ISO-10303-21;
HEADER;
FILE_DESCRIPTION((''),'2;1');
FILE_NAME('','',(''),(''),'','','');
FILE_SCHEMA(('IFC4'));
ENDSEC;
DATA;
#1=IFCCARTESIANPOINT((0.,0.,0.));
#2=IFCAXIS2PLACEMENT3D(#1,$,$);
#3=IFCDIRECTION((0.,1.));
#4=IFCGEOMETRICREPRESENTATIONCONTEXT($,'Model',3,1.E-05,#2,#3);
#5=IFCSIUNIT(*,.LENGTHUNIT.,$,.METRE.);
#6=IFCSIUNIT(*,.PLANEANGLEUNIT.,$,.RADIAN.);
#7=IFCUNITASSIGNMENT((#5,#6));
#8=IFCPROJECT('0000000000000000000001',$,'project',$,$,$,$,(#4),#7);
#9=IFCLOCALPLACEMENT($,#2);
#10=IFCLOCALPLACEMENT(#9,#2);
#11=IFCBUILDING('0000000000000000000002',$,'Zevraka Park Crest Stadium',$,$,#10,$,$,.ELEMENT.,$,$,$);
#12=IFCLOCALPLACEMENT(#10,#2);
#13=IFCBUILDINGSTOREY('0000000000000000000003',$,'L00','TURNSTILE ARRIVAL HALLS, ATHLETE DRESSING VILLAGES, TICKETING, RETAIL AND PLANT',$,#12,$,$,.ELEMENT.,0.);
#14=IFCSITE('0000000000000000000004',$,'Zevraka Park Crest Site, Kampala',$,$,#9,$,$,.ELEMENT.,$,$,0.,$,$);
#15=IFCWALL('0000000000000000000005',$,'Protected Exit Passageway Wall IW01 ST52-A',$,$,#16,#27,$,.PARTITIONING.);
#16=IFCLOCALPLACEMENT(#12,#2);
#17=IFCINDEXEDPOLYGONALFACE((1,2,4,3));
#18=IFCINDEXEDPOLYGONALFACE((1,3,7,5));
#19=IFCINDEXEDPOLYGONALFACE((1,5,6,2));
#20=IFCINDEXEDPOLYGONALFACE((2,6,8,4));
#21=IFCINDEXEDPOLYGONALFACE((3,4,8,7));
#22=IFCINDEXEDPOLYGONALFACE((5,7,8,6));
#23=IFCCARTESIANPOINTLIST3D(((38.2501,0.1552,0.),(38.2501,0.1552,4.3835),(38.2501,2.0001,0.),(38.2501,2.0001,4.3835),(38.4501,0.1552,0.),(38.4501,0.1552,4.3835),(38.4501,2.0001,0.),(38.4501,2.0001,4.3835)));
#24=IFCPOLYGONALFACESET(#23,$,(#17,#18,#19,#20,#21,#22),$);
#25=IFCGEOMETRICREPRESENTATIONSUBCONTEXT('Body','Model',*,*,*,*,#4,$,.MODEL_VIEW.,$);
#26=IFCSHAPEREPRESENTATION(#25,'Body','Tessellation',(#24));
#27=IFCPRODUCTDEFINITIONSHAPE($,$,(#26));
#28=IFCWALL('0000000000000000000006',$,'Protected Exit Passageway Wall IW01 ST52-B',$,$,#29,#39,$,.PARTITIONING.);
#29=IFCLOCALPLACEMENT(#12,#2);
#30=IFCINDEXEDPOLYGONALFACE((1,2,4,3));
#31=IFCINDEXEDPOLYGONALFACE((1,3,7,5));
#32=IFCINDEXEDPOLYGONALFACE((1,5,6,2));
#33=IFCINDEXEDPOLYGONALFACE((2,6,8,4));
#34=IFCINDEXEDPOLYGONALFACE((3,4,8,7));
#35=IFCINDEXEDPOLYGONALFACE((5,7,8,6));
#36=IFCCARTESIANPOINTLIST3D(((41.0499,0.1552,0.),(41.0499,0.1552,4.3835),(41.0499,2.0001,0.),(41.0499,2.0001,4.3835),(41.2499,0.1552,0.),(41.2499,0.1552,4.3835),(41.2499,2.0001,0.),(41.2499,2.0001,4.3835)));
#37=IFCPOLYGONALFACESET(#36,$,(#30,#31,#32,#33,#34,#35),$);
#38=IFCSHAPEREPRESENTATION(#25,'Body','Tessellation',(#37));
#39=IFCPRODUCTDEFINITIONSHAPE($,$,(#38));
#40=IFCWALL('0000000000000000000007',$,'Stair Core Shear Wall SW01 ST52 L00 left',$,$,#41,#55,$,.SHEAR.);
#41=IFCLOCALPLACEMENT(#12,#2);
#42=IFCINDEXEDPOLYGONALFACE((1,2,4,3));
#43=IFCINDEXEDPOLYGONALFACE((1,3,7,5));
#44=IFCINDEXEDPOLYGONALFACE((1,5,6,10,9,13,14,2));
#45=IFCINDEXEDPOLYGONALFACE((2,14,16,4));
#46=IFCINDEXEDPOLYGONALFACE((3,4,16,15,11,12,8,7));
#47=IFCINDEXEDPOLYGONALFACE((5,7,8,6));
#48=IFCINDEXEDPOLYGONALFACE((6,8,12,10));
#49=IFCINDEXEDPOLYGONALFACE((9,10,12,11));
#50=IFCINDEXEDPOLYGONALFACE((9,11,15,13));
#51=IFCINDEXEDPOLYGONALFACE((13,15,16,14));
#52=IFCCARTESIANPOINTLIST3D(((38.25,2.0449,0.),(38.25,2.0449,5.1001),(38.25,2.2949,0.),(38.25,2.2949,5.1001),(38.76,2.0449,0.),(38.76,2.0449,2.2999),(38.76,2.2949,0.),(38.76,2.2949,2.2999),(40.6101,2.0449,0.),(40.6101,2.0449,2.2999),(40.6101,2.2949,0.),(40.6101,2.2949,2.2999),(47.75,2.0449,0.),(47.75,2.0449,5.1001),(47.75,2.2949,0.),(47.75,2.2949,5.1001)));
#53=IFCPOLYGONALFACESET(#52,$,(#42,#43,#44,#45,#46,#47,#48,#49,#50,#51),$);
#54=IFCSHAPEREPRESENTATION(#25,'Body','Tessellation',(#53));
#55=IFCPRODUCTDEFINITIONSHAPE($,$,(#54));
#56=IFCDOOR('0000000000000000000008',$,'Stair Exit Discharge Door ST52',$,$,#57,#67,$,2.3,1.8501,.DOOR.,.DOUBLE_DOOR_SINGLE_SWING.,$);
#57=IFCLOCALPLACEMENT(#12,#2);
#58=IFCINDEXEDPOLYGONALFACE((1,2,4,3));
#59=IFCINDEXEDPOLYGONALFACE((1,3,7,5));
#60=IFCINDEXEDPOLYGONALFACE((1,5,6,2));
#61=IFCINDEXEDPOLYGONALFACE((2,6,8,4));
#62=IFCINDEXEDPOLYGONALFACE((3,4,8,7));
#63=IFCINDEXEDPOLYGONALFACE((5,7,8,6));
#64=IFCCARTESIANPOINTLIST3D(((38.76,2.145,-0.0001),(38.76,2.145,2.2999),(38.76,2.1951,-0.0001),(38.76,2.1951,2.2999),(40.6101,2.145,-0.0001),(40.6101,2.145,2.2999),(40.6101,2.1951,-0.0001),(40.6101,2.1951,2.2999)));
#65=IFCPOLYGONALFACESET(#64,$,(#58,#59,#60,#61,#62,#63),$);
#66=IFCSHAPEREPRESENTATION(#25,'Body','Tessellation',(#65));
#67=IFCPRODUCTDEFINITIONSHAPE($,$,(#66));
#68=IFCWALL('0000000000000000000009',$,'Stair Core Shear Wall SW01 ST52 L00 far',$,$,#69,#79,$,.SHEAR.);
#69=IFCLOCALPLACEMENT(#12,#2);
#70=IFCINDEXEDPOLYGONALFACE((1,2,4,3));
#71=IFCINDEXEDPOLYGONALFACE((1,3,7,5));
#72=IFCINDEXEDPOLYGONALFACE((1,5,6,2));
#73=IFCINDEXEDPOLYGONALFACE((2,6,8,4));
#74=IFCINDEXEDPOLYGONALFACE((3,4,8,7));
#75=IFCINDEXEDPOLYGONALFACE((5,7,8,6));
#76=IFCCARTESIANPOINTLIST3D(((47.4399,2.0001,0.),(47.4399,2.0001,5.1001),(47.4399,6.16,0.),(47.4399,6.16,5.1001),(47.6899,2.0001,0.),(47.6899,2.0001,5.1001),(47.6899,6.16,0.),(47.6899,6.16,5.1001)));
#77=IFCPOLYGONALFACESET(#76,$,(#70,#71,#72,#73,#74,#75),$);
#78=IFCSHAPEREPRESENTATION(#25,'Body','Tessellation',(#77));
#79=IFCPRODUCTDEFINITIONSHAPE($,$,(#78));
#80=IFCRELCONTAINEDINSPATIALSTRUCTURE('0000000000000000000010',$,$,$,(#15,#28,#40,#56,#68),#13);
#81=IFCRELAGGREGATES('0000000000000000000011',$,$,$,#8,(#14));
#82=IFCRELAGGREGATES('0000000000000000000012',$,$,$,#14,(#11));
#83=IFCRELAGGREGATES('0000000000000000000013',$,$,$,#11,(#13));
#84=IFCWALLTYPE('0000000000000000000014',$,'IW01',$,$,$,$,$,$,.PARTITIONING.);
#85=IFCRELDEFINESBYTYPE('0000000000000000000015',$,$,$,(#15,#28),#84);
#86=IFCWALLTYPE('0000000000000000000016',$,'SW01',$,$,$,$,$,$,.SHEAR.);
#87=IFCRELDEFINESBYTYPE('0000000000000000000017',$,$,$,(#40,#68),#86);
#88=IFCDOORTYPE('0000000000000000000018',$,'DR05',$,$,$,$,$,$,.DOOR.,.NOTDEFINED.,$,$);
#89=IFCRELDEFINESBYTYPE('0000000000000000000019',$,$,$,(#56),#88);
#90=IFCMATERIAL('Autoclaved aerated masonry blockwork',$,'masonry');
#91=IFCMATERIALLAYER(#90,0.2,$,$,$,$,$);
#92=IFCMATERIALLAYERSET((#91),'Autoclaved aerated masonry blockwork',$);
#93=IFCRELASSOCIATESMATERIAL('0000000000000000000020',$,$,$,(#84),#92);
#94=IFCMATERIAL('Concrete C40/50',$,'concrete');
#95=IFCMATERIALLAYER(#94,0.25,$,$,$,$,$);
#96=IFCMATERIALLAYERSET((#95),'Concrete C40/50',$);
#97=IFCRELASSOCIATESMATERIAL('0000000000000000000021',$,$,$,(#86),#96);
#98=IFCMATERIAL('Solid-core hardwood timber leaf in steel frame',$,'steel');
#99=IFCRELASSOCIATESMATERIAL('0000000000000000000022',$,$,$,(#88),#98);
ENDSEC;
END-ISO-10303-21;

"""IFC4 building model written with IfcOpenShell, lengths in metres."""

from ifc_helpers import new_model, si_unit, direction, frame, frame_2d, origin, place, context, subcontext, project, spatial, rectangle, extrude, material, layer, layer_set, type_object, element, fill, save


model = new_model("IFC4")

# Units and contexts
model_context = context("Model", 3, precision=1e-05, world=origin(), true_north=direction((0.0, 1.0)))
body_context = subcontext(model_context, "Body", "Model", "MODEL_VIEW")
ifc_project = project(units=[si_unit("LENGTHUNIT", "METRE"), si_unit("PLANEANGLEUNIT", "RADIAN")], contexts=[model_context])

# Site, building, storey
site_placement = place(None, origin())
site = spatial("IfcSite", under=ifc_project, at=site_placement, Name="Zevraka Park Crest Site, Kampala", CompositionType="ELEMENT", RefElevation=0.0)
building_placement = place(site_placement, origin())
building = spatial("IfcBuilding", under=site, at=building_placement, Name="Zevraka Park Crest Stadium", CompositionType="ELEMENT")
storey_placement = place(building_placement, origin())
storey = spatial("IfcBuildingStorey", under=building, at=storey_placement, Name="L00", Description="TURNSTILE ARRIVAL HALLS, ATHLETE DRESSING VILLAGES, TICKETING, RETAIL AND PLANT", CompositionType="ELEMENT", Elevation=0.0)

# Walls
ifc_material_1 = material(Name="Autoclaved aerated masonry blockwork", Category="masonry")
ifc_layer_1 = layer(ifc_material_1, 0.2)
ifc_layer_set_1 = layer_set([ifc_layer_1], Name="Autoclaved aerated masonry blockwork")
wall_type_1 = type_object("IfcWallType", Name="IW01", PredefinedType="PARTITIONING", material=ifc_layer_set_1)
for number, where, z_axis, x_axis, name in (
    (1, (38.3501, 2.0, 0.0), (0.0, 0.0, 1.0), (0.0, -1.0, 0.0), "Protected Exit Passageway Wall IW01 ST52-A"),
    (2, (41.1499, 2.0, 0.0), (0.0, 0.0, 1.0), (0.0, -1.0, 0.0), "Protected Exit Passageway Wall IW01 ST52-B"),
):
    element("IfcWall", number, at=place(storey_placement, frame(where, z_axis=z_axis, x_axis=x_axis)), inside=storey, type_object=wall_type_1, Name=name, PredefinedType="PARTITIONING", context=body_context, shape_type="SweptSolid", body=[
        extrude(rectangle(XDim=1.845, YDim=0.2, at=frame_2d((0.9224, 0.0))), origin(), (0.0, 0.0, 1.0), 4.3835),
    ])

# Wall, opening, door
ifc_material_2 = material(Name="Concrete C40/50", Category="concrete")
ifc_layer_2 = layer(ifc_material_2, 0.25)
ifc_layer_set_2 = layer_set([ifc_layer_2], Name="Concrete C40/50")
wall_type_2 = type_object("IfcWallType", Name="SW01", PredefinedType="SHEAR", material=ifc_layer_set_2)
wall_1_placement = place(storey_placement, frame((47.75, 2.1699, 0.0), z_axis=(0.0, 0.0, 1.0), x_axis=(-1.0, 0.0, 0.0)))
wall_1 = element("IfcWall", 3, at=wall_1_placement, inside=storey, type_object=wall_type_2, Name="Stair Core Shear Wall SW01 ST52 L00 left", PredefinedType="SHEAR", context=body_context, shape_type="SweptSolid", body=[
    extrude(rectangle(XDim=9.5, YDim=0.25, at=frame_2d((4.75, 0.0))), origin(), (0.0, 0.0, 1.0), 5.1001),
])
opening_1_placement = place(wall_1_placement, frame((7.1399, 0.0, 0.0)))
opening_1 = element("IfcOpeningElement", 4, at=opening_1_placement, cuts=wall_1, PredefinedType="OPENING", context=body_context, shape_type="SweptSolid", body=[
    extrude(rectangle(XDim=1.8501, YDim=2.3, at=frame_2d((0.925, 1.1499))), frame((0.0, 0.135, 0.0), z_axis=(0.0, -1.0, 0.0), x_axis=(1.0, 0.0, 0.0)), (0.0, 0.0, 1.0), 0.27),
])
ifc_material_3 = material(Name="Solid-core hardwood timber leaf in steel frame", Category="steel")
door_type_1 = type_object("IfcDoorType", Name="DR05", OperationType="NOTDEFINED", PredefinedType="DOOR", material=ifc_material_3)
door_1_placement = place(opening_1_placement, origin())
door_1 = element("IfcDoor", 5, at=door_1_placement, inside=storey, type_object=door_type_1, Name="Stair Exit Discharge Door ST52", OperationType="DOUBLE_DOOR_SINGLE_SWING", OverallHeight=2.3, OverallWidth=1.8501, PredefinedType="DOOR", context=body_context, shape_type="SweptSolid", body=[
    extrude(rectangle(XDim=1.8501, YDim=2.3, at=frame_2d((0.925, 1.1499))), frame((0.0, 0.0249, 0.0), z_axis=(0.0, -1.0, 0.0), x_axis=(1.0, 0.0, 0.0)), (0.0, 0.0, 1.0), 0.05),
])
fill(opening_1, door_1)

# Wall
wall_2_placement = place(storey_placement, frame((47.5649, 2.0, 0.0), z_axis=(0.0, 0.0, 1.0), x_axis=(0.0, 1.0, 0.0)))
element("IfcWall", 6, at=wall_2_placement, inside=storey, type_object=wall_type_2, Name="Stair Core Shear Wall SW01 ST52 L00 far", PredefinedType="SHEAR", context=body_context, shape_type="SweptSolid", body=[
    extrude(rectangle(XDim=4.1599, YDim=0.25, at=frame_2d((2.0801, 0.0))), origin(), (0.0, 0.0, 1.0), 5.1001),
])

save(model, "model.ifc")
